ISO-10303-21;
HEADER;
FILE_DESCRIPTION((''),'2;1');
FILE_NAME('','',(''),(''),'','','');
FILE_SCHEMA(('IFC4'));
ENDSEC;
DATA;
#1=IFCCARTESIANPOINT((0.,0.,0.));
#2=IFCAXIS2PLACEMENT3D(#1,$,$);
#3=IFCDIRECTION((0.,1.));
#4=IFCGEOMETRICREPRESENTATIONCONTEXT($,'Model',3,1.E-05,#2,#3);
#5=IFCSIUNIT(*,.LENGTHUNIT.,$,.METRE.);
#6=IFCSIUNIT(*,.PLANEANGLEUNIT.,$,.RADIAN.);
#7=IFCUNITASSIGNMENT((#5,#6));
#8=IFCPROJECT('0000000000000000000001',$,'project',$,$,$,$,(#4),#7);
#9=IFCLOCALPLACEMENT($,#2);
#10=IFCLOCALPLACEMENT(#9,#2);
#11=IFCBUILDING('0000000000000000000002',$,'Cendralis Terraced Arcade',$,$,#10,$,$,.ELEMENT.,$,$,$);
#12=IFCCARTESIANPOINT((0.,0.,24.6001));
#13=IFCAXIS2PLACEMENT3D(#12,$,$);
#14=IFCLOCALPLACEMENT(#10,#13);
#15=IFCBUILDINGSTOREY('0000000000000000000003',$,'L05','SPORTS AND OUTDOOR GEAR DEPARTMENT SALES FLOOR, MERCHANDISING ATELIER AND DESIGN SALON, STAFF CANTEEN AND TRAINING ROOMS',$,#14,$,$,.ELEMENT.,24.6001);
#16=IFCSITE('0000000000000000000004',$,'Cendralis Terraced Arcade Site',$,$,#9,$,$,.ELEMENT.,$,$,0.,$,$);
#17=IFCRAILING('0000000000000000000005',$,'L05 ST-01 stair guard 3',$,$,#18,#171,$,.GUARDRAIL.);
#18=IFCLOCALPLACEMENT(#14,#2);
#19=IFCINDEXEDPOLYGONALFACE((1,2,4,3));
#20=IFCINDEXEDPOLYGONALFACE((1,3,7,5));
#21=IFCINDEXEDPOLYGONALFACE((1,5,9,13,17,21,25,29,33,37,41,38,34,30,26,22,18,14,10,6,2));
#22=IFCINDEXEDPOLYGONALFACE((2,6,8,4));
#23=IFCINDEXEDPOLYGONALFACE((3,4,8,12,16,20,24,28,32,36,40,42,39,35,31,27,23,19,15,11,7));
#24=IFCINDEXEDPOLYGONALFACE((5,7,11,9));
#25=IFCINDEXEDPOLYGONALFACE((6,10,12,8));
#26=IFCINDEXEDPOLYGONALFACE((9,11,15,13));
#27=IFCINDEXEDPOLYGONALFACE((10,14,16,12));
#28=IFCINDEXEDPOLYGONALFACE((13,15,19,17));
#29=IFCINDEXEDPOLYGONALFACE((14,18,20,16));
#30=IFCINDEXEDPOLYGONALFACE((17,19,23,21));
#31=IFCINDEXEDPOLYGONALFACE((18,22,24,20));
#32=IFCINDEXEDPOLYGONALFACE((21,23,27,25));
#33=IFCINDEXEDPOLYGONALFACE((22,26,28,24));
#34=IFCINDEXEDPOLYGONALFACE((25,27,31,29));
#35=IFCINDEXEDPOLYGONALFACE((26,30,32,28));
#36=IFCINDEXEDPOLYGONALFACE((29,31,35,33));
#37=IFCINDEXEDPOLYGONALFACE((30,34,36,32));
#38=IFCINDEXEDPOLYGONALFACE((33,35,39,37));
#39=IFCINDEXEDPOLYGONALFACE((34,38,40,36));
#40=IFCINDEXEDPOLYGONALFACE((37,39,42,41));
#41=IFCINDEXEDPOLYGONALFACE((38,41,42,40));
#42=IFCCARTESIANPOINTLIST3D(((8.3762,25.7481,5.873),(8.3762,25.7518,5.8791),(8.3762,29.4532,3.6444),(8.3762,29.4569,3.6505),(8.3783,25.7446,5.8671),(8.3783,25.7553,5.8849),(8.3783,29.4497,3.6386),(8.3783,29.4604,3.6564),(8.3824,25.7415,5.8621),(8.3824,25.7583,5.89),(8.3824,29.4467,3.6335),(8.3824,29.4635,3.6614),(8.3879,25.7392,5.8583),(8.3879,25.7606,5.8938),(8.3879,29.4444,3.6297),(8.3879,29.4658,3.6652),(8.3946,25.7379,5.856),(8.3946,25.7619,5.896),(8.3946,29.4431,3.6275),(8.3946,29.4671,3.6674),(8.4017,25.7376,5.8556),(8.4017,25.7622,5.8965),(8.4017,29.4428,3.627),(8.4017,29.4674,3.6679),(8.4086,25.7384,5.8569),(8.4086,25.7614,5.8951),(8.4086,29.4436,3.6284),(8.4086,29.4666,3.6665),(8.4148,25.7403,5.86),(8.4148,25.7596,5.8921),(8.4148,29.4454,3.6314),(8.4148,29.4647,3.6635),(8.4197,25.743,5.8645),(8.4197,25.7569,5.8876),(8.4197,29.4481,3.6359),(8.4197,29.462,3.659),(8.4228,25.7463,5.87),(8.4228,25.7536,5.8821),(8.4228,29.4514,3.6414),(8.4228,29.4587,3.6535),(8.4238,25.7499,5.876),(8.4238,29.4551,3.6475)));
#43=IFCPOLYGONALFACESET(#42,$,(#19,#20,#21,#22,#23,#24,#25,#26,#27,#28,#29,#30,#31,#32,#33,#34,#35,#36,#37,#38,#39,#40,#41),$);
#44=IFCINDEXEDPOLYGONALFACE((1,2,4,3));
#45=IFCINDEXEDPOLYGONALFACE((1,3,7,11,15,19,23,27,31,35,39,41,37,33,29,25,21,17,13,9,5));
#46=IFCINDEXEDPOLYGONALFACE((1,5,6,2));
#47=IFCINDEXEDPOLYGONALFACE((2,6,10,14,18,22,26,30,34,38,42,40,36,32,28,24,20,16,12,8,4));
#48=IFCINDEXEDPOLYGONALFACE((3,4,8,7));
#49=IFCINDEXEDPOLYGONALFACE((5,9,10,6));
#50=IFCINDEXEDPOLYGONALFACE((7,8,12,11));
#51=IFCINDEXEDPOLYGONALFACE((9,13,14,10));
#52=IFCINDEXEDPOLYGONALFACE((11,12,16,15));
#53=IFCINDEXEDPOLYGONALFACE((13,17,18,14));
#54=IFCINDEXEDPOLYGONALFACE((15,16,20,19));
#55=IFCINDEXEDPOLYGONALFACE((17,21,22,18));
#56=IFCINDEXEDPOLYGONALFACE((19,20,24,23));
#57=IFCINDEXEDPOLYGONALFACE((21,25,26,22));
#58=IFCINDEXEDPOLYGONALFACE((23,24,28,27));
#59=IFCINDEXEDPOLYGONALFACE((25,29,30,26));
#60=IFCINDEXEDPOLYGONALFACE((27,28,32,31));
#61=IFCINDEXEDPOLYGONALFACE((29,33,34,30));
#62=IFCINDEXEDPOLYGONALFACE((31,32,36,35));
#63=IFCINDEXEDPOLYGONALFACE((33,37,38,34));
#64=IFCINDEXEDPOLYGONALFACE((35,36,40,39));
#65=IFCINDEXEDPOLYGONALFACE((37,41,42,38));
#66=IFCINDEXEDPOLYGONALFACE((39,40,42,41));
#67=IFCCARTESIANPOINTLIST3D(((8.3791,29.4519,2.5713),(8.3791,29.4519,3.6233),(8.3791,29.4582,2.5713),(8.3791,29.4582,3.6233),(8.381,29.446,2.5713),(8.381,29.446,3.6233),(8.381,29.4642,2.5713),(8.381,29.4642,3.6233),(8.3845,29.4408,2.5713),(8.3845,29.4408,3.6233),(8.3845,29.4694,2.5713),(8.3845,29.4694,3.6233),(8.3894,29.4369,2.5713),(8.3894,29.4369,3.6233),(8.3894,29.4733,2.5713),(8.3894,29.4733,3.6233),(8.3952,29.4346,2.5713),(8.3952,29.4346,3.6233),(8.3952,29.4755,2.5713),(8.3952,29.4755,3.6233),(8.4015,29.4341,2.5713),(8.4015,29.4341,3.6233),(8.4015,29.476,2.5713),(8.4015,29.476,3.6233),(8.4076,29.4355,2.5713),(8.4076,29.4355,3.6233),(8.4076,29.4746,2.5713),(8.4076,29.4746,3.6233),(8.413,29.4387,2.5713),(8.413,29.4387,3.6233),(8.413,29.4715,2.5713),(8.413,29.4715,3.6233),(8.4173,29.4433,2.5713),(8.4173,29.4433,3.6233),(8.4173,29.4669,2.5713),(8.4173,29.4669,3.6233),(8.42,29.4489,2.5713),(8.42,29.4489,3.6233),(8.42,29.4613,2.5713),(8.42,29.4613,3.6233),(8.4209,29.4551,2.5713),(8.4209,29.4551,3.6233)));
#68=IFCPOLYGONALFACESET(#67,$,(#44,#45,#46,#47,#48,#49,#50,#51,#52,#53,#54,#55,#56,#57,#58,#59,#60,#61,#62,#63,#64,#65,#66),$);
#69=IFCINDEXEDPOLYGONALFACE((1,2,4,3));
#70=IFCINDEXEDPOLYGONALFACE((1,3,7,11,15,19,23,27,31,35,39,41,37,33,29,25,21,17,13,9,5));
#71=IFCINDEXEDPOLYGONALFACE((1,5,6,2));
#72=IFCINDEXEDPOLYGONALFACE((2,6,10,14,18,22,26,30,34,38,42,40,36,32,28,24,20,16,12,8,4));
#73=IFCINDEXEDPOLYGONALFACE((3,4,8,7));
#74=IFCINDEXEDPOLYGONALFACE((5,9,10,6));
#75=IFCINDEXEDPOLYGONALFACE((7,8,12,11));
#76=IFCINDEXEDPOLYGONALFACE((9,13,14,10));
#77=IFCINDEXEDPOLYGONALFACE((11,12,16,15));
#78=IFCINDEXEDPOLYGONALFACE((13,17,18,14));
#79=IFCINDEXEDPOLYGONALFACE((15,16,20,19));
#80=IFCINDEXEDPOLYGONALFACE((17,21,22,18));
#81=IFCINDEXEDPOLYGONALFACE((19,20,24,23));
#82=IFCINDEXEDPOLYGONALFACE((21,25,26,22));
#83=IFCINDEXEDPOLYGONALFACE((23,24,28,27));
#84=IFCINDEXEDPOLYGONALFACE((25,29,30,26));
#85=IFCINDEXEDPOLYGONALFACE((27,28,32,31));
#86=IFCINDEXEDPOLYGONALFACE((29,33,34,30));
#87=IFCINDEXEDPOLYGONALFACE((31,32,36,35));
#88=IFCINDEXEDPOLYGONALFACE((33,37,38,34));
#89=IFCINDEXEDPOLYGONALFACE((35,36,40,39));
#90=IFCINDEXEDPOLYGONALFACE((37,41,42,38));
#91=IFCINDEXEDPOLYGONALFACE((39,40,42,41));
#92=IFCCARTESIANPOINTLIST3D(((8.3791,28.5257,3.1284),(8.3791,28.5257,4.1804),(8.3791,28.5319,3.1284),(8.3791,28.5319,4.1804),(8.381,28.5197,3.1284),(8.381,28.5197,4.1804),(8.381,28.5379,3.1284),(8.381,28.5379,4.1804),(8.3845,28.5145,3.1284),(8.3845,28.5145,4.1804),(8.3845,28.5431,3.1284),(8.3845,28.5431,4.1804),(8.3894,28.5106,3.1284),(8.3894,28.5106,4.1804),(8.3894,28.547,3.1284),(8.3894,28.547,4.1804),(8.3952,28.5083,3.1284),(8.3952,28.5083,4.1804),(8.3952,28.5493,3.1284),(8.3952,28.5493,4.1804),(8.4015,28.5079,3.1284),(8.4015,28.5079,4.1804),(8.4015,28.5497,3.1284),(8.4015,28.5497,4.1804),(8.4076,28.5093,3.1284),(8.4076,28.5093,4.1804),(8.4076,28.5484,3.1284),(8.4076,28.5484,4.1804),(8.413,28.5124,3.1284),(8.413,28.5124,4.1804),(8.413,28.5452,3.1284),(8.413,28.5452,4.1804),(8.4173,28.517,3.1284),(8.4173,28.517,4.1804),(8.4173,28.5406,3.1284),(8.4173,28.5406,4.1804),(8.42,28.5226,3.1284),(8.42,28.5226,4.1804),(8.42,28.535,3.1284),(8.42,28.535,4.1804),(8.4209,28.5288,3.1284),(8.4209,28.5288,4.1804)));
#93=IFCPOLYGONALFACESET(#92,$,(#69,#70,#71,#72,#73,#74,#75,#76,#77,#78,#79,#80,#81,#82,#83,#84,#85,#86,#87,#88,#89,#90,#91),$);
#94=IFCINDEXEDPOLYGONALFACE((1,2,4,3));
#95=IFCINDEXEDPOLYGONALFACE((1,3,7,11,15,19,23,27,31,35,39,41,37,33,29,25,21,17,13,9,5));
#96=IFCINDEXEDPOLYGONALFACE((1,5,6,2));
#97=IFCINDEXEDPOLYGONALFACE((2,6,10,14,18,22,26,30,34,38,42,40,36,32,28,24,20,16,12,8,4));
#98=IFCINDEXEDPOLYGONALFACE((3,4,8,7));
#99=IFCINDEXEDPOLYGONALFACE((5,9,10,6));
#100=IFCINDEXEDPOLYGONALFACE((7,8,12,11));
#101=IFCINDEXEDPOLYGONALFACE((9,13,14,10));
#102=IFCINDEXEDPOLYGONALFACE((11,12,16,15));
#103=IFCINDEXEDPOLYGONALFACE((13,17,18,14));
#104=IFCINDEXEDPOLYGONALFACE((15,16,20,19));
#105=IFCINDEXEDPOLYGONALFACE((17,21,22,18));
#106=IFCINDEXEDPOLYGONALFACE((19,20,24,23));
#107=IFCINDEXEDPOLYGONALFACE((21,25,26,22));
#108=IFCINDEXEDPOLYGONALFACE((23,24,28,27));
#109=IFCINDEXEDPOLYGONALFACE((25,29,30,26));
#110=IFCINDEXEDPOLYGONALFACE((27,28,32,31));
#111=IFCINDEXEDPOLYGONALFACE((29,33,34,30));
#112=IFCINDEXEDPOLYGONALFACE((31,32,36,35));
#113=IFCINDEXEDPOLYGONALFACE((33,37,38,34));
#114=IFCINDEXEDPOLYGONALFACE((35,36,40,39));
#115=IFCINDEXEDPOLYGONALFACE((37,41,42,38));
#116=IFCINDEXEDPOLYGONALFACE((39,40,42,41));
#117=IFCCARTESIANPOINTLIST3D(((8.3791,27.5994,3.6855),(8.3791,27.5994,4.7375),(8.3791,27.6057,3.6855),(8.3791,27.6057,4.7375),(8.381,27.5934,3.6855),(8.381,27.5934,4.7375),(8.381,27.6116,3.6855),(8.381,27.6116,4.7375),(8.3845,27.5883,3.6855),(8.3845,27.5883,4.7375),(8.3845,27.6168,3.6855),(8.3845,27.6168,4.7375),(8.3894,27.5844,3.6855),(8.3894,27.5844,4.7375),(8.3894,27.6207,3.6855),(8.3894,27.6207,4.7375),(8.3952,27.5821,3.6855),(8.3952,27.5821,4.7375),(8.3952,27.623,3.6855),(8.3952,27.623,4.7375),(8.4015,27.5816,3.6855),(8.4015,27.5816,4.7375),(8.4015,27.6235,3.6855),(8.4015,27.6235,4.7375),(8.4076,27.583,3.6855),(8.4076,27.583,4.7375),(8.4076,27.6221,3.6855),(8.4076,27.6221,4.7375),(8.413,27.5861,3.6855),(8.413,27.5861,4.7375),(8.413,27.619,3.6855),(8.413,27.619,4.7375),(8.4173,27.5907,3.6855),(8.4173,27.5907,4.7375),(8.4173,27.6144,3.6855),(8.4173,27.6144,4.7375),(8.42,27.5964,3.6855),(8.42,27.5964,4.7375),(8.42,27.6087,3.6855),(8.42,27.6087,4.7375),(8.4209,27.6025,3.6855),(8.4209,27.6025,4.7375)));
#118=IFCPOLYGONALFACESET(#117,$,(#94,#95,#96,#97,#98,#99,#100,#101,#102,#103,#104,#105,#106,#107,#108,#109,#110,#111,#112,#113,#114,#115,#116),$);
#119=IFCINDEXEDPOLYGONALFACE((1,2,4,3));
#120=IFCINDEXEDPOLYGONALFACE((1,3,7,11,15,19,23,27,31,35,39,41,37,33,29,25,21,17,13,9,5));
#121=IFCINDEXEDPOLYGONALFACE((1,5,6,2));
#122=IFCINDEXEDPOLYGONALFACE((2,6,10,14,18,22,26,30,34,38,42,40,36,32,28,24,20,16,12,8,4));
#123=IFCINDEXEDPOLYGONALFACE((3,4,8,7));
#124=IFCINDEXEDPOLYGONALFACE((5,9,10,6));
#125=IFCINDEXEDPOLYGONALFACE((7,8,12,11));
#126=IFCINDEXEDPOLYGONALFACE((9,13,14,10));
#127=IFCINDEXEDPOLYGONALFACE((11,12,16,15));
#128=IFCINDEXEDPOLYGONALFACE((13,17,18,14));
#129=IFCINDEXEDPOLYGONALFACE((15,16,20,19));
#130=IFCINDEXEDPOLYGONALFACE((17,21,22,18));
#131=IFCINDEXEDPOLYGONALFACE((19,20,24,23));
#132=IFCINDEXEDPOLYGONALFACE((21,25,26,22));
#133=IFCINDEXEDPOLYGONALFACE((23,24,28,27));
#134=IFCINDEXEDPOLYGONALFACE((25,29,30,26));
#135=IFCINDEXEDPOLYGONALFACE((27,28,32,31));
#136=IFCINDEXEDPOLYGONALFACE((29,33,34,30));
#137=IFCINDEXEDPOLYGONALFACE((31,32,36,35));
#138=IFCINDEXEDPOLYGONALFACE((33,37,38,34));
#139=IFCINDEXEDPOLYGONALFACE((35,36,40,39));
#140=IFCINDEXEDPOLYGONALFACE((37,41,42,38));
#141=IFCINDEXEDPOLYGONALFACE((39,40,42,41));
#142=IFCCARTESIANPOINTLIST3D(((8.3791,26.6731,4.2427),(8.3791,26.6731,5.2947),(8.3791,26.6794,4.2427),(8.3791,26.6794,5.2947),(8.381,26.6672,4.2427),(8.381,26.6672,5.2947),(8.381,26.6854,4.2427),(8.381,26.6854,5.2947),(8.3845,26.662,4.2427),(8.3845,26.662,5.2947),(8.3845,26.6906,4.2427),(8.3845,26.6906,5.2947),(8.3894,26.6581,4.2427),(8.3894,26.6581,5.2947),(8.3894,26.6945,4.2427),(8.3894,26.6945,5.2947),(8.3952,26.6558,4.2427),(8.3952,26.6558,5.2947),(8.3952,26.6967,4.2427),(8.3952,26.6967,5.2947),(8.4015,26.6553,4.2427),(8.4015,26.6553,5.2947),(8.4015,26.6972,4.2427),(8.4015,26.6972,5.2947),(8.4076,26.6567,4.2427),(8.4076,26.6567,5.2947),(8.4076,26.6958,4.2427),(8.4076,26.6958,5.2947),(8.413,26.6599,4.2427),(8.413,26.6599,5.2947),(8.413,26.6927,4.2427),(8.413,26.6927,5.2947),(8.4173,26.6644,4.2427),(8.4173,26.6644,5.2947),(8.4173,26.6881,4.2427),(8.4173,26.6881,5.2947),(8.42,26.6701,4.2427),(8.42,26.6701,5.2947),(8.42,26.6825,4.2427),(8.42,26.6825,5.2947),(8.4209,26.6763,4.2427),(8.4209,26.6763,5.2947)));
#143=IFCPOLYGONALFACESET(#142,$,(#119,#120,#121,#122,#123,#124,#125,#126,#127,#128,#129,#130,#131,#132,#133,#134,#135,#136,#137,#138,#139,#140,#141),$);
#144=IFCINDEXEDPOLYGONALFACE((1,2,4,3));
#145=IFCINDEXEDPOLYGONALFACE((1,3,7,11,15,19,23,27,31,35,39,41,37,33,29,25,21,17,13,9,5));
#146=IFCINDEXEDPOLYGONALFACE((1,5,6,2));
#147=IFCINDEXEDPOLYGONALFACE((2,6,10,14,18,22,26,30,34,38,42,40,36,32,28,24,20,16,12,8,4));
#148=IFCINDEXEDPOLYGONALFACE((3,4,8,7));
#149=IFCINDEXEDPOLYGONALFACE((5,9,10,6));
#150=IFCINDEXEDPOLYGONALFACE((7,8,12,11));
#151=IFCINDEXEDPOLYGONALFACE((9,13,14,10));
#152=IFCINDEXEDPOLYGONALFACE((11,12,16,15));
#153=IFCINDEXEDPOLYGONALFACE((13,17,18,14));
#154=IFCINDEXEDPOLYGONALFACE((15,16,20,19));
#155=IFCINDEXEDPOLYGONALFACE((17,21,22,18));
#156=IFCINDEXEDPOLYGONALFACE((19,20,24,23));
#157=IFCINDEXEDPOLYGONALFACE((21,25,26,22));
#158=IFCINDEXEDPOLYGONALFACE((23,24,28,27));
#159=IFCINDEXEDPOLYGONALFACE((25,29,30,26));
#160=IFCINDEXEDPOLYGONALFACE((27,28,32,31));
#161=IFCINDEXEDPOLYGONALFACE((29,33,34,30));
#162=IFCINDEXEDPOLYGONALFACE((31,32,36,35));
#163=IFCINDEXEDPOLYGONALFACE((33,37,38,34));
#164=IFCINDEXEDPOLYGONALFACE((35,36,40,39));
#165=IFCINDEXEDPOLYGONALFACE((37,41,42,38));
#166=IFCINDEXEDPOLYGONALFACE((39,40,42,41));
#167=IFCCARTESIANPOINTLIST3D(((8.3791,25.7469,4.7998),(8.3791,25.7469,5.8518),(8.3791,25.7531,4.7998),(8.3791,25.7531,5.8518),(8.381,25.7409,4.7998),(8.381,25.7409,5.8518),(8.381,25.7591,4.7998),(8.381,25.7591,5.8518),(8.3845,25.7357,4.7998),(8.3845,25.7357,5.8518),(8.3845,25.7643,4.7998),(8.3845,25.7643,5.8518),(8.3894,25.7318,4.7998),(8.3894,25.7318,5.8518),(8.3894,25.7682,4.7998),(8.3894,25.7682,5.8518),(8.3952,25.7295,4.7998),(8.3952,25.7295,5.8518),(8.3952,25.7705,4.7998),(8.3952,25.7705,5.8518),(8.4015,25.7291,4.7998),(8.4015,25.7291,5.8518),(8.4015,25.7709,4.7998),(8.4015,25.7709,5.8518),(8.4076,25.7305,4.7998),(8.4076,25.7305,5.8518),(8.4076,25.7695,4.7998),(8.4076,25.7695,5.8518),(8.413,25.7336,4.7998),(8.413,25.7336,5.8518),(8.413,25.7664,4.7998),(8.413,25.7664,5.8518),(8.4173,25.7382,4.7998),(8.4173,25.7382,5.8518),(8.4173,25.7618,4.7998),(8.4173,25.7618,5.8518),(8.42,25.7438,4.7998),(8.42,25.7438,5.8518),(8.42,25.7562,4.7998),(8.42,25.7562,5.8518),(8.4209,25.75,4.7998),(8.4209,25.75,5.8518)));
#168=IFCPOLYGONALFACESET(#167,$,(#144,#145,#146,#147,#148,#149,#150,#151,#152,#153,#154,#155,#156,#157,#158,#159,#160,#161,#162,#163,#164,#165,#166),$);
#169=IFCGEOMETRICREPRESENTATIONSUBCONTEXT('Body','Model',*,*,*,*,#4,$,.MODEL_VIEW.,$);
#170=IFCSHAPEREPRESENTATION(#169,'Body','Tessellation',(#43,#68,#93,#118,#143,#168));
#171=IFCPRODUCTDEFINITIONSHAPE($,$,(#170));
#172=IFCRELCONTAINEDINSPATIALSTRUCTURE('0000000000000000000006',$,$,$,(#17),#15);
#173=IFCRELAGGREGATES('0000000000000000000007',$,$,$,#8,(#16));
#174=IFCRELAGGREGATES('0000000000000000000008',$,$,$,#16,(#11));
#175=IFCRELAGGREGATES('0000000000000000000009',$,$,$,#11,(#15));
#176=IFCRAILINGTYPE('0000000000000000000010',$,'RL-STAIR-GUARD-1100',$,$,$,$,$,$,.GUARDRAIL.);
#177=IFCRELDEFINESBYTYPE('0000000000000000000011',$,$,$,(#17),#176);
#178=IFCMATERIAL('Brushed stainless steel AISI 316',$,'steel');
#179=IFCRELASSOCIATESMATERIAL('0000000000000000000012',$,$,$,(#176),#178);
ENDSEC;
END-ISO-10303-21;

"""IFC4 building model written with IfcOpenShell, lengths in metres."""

from ifc_helpers import new_model, si_unit, direction, frame, origin, origin_2d, place, context, subcontext, project, spatial, circle, extrude, material, type_object, element, save


model = new_model("IFC4")

# Units and contexts
model_context = context("Model", 3, precision=1e-05, world=origin(), true_north=direction((0.0, 1.0)))
body_context = subcontext(model_context, "Body", "Model", "MODEL_VIEW")
ifc_project = project(units=[si_unit("LENGTHUNIT", "METRE"), si_unit("PLANEANGLEUNIT", "RADIAN")], contexts=[model_context])

# Site, building, storey
site_placement = place(None, origin())
site = spatial("IfcSite", under=ifc_project, at=site_placement, Name="Cendralis Terraced Arcade Site", CompositionType="ELEMENT", RefElevation=0.0)
building_placement = place(site_placement, origin())
building = spatial("IfcBuilding", under=site, at=building_placement, Name="Cendralis Terraced Arcade", CompositionType="ELEMENT")
storey_placement = place(building_placement, frame((0.0, 0.0, 24.6001)))
storey = spatial("IfcBuildingStorey", under=building, at=storey_placement, Name="L05", Description="SPORTS AND OUTDOOR GEAR DEPARTMENT SALES FLOOR, MERCHANDISING ATELIER AND DESIGN SALON, STAFF CANTEEN AND TRAINING ROOMS", CompositionType="ELEMENT", Elevation=24.6001)

# Railing
ifc_material_1 = material(Name="Brushed stainless steel AISI 316", Category="steel")
railing_type_1 = type_object("IfcRailingType", Name="RL-STAIR-GUARD-1100", PredefinedType="GUARDRAIL", material=ifc_material_1)
railing_1_placement = place(storey_placement, frame((8.3999, 29.4551, 2.5713)))
element("IfcRailing", 1, at=railing_1_placement, inside=storey, type_object=railing_type_1, Name="L05 ST-01 stair guard 3", PredefinedType="GUARDRAIL", context=body_context, shape_type="SweptSolid", body=[
    extrude(circle(Radius=0.0239, at=origin_2d()), frame((0.0, 0.0, 1.0762), z_axis=(0.0, -0.856934, 0.515425), x_axis=(1.0, 0.0, 0.0)), (0.0, 0.0, 1.0), 4.3237),
    extrude(circle(Radius=0.021, at=origin_2d()), origin(), (0.0, 0.0, 1.0), 1.052),
    extrude(circle(Radius=0.021, at=origin_2d()), frame((0.0, -0.9263, 0.5571)), (0.0, 0.0, 1.0), 1.052),
    extrude(circle(Radius=0.021, at=origin_2d()), frame((0.0, -1.8525, 1.1143)), (0.0, 0.0, 1.0), 1.052),
    extrude(circle(Radius=0.021, at=origin_2d()), frame((0.0, -2.7788, 1.6714)), (0.0, 0.0, 1.0), 1.052),
    extrude(circle(Radius=0.021, at=origin_2d()), frame((0.0, -3.7051, 2.2285)), (0.0, 0.0, 1.0), 1.052),
])

save(model, "model.ifc")
